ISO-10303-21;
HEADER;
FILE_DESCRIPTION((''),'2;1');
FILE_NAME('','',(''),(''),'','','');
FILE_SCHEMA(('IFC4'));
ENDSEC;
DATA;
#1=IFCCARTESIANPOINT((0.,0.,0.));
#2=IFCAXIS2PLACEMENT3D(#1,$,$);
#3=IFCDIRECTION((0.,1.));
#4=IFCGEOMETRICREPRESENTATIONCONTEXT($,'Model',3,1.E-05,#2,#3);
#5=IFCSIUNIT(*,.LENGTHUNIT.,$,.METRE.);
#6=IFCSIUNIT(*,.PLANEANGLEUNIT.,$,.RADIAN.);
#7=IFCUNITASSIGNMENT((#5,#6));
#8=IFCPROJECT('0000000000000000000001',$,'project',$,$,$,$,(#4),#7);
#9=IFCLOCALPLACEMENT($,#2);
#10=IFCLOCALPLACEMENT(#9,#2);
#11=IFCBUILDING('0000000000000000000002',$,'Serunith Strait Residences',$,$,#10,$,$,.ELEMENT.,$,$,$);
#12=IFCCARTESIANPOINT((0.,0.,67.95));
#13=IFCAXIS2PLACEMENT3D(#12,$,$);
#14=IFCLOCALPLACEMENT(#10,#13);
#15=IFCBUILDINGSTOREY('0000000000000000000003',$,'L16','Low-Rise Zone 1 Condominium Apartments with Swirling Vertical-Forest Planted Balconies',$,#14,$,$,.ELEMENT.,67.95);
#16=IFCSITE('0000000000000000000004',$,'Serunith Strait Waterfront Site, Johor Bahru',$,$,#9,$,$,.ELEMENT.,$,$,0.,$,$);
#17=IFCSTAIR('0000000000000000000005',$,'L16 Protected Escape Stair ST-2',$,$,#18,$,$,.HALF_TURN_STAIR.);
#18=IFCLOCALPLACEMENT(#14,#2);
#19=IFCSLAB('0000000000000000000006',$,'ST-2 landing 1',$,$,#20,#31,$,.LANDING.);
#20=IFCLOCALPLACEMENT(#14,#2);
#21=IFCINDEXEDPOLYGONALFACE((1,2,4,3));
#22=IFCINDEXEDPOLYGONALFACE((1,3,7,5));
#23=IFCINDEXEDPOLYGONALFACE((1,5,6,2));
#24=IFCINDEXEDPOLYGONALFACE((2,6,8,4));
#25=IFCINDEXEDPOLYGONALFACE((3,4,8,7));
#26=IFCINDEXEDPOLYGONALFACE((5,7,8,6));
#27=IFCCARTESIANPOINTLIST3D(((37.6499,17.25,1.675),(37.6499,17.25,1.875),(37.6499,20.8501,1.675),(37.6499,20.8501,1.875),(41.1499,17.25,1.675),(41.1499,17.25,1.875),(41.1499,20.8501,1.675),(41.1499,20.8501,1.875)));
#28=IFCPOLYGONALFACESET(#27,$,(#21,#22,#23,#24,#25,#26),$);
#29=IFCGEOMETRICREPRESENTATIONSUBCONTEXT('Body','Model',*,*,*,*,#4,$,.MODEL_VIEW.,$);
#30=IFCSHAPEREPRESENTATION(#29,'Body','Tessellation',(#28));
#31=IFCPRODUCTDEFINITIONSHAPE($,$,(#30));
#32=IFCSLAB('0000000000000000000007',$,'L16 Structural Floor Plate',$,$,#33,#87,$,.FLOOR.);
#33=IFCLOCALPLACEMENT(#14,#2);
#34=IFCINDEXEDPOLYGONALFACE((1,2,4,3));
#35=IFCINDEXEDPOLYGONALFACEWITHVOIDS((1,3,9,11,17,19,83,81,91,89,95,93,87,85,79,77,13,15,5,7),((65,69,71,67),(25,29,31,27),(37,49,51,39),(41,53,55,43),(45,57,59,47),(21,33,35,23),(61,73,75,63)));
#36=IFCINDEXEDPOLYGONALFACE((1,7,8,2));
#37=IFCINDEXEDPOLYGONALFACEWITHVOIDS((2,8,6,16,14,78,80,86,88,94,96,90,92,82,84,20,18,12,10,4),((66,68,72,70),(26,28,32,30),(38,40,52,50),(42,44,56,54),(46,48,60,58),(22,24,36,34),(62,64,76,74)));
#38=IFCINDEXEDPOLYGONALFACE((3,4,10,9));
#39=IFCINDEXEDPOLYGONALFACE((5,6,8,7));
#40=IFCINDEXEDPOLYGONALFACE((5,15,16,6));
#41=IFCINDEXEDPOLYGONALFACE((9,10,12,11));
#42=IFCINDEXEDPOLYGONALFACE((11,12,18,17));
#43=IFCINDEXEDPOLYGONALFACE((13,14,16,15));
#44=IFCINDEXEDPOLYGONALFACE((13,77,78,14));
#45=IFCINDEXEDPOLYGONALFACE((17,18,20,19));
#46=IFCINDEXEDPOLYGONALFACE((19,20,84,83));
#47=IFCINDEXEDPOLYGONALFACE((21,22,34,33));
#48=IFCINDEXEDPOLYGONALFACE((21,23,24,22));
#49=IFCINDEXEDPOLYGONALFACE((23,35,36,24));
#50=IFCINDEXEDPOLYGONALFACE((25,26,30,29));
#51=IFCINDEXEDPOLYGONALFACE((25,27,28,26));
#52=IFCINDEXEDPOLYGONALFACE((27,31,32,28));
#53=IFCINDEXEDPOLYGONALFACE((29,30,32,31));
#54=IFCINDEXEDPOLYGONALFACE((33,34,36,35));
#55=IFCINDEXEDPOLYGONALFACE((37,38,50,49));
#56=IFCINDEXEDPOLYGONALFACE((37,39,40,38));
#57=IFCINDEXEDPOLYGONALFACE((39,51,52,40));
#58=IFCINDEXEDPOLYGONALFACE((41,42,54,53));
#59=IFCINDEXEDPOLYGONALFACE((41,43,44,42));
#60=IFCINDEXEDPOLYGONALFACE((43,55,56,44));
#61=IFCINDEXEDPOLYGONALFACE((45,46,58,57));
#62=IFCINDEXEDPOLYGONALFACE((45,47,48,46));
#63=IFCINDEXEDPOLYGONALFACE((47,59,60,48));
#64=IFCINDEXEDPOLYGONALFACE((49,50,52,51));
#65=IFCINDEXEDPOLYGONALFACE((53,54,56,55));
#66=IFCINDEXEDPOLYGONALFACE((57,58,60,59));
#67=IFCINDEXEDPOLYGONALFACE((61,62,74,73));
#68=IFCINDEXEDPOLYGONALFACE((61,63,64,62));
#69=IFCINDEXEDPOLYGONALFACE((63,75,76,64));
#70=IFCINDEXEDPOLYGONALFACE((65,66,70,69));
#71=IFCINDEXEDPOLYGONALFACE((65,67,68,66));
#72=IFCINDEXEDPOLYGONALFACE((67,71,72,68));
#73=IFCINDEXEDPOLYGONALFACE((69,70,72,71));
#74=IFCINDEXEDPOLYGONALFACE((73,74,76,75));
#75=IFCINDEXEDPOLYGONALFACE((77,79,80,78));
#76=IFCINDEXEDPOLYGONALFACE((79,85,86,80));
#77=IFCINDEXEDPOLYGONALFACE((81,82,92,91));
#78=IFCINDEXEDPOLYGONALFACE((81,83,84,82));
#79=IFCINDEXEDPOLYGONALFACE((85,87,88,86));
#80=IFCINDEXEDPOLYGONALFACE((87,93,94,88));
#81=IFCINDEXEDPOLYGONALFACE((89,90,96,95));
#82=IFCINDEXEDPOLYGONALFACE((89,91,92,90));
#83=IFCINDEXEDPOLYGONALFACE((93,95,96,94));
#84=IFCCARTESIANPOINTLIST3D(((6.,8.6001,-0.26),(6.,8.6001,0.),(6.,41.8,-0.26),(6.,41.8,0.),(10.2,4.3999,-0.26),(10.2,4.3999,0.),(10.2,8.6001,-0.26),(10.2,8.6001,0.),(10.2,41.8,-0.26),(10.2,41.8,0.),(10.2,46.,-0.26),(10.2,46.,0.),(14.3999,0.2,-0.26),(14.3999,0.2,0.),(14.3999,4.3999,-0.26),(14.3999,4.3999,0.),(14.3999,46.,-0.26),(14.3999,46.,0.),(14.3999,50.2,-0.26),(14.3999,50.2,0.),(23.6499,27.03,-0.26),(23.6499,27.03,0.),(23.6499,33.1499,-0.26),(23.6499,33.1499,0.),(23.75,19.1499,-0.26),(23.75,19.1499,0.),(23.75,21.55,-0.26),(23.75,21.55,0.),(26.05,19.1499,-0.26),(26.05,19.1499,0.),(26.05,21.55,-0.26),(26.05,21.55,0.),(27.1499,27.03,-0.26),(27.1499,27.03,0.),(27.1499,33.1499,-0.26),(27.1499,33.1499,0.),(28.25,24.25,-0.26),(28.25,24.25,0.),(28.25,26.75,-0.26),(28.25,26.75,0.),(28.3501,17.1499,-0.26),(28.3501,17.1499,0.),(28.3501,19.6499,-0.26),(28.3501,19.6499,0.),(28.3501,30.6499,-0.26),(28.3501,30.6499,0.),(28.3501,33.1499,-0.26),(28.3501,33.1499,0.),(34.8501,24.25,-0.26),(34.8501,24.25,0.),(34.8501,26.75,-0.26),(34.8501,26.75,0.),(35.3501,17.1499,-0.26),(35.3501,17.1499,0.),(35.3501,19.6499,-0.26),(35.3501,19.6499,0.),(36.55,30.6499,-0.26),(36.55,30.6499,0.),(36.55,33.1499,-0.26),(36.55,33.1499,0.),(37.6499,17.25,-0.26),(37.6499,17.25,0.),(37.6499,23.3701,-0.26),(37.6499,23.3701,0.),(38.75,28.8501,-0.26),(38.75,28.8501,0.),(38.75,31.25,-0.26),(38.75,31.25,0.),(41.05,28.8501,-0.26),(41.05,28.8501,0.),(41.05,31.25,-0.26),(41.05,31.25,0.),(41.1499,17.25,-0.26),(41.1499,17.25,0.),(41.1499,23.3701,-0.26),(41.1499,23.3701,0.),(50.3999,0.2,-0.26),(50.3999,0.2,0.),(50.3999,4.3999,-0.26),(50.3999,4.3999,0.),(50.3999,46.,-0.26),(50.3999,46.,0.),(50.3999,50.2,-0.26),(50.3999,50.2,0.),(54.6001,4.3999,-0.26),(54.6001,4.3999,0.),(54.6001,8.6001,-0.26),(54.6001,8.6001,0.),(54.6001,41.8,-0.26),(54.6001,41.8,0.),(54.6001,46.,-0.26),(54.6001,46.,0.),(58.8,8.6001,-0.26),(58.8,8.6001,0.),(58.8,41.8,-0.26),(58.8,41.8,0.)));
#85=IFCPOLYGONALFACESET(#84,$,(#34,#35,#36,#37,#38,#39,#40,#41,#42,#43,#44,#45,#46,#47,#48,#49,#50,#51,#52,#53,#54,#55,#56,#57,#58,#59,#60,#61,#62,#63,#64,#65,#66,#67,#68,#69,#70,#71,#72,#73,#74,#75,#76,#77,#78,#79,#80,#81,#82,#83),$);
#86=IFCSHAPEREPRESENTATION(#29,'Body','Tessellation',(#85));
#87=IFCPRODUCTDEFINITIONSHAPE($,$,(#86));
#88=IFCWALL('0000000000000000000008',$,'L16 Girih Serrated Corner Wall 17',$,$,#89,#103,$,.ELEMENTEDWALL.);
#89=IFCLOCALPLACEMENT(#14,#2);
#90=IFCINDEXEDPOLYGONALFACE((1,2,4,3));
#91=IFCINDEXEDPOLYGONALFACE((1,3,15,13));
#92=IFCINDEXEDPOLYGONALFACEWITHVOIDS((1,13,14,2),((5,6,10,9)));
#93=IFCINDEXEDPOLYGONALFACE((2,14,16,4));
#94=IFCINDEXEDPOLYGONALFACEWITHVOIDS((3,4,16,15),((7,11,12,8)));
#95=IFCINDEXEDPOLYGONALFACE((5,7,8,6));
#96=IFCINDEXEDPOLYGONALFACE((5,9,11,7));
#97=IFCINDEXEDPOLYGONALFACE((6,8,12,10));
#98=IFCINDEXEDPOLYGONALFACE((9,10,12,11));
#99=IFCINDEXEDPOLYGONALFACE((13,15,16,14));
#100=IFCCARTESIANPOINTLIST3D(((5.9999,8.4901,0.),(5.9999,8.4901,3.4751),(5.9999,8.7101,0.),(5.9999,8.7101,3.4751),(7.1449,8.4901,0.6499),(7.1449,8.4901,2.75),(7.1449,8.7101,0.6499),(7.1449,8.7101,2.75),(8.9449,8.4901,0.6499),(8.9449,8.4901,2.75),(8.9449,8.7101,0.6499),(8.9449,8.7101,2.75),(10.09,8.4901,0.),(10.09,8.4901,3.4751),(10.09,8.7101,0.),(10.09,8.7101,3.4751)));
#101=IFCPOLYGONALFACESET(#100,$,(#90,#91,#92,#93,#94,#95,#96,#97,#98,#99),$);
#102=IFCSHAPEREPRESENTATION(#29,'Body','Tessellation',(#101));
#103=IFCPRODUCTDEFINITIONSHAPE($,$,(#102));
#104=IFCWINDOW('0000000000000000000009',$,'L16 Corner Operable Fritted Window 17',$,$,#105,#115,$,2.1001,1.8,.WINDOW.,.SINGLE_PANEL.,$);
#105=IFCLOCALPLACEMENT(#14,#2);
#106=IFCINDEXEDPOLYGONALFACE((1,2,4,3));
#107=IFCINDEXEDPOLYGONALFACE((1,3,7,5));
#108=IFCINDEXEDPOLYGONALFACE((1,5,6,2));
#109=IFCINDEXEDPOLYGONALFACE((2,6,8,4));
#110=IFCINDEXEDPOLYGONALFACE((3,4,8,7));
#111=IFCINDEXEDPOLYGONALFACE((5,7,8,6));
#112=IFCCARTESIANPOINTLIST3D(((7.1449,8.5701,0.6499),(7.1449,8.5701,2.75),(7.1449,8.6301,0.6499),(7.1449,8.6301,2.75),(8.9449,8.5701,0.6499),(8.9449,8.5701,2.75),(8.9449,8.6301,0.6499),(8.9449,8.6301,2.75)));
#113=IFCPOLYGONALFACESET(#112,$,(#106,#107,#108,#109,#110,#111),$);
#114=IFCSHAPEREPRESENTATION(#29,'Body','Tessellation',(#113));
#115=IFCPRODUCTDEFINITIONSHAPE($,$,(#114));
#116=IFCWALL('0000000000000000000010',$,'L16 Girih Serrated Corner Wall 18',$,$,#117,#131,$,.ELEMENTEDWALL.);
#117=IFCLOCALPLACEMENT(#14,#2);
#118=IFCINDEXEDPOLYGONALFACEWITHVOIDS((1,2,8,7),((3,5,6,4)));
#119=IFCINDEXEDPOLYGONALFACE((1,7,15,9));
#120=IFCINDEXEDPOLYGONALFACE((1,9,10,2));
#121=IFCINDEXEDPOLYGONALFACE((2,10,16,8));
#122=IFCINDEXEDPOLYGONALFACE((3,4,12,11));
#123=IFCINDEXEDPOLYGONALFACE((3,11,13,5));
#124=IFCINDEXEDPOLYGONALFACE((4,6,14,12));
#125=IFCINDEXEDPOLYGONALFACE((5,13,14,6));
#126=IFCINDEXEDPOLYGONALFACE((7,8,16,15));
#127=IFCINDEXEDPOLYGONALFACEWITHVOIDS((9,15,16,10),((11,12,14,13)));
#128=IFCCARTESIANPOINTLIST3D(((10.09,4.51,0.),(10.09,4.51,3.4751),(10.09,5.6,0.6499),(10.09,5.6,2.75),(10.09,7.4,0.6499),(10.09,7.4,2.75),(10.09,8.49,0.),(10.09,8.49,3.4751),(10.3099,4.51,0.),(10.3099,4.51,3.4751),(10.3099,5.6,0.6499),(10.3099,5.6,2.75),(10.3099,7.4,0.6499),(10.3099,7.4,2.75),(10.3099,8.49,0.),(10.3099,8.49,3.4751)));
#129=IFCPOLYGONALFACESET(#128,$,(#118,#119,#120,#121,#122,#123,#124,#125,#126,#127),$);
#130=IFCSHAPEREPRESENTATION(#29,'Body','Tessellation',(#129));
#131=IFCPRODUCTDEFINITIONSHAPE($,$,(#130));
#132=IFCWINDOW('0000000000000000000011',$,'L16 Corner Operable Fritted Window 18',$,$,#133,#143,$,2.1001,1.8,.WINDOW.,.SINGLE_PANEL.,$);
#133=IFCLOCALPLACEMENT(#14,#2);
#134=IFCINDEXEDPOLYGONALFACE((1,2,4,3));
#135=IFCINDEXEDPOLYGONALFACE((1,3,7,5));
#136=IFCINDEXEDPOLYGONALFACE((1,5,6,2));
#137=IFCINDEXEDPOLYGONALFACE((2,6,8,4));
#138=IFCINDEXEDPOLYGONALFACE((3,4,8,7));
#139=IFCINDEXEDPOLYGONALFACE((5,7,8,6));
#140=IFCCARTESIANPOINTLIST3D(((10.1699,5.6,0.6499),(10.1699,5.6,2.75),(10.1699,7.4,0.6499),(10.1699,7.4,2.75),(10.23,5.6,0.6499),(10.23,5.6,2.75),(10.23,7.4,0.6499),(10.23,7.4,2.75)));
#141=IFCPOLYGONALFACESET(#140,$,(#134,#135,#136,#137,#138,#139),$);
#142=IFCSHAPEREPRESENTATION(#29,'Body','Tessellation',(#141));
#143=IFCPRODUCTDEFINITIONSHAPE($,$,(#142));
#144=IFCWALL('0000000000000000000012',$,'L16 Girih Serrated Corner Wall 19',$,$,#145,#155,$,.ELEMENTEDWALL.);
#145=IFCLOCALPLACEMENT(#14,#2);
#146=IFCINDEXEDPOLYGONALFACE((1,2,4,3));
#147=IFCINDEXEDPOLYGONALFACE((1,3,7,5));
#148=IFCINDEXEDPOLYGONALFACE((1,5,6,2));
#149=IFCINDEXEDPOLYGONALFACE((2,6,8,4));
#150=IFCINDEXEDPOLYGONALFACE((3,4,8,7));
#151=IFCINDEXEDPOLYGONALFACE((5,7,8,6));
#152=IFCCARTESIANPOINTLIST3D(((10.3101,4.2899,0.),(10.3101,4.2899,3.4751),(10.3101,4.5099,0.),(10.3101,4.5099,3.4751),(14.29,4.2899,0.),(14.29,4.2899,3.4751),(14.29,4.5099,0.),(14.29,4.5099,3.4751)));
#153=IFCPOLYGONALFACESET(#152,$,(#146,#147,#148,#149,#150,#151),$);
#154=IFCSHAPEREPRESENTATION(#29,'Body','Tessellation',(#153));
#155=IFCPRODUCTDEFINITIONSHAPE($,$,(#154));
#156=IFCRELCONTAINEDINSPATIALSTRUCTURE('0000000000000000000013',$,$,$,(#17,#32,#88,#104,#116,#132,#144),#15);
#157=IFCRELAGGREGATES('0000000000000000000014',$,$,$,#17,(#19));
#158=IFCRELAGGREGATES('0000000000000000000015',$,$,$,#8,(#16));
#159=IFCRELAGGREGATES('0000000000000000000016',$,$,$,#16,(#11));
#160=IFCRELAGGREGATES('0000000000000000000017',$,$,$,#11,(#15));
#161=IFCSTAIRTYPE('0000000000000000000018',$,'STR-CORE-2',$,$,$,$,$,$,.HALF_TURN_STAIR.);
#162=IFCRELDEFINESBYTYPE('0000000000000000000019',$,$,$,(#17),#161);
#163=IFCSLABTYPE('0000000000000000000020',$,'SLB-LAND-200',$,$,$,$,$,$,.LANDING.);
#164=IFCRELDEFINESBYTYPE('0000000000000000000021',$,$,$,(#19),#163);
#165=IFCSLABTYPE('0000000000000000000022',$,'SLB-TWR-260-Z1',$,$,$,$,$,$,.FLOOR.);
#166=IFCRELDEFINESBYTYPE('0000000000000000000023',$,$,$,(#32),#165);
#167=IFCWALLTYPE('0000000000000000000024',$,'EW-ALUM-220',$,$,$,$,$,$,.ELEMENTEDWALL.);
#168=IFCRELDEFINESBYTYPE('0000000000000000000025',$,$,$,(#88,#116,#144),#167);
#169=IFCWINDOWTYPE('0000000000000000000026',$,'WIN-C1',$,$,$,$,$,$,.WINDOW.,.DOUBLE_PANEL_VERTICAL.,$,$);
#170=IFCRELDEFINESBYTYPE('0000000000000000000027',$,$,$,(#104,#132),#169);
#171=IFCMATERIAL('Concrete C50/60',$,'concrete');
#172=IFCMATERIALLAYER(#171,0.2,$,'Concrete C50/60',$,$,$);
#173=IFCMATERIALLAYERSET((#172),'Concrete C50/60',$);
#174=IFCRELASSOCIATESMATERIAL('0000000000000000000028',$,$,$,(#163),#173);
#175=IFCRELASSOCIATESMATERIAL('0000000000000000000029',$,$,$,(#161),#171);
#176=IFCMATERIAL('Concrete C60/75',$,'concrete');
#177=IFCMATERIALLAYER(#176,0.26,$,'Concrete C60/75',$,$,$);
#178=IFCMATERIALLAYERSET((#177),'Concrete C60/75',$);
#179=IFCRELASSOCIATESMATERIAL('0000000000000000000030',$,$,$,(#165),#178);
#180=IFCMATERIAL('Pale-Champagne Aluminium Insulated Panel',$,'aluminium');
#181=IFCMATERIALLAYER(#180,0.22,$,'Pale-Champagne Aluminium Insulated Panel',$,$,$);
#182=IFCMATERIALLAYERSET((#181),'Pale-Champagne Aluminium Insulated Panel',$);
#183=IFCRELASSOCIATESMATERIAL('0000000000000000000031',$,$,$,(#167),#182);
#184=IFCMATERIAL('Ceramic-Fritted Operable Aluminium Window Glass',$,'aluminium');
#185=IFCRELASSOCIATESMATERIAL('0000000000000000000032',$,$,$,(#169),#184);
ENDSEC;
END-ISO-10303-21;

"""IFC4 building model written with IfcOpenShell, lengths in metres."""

from ifc_helpers import new_model, si_unit, direction, frame, frame_2d, origin, place, context, subcontext, project, spatial, polyline, rectangle, outline, extrude, source, transform, mapped, material, layer, layer_set, type_object, element, fill, aggregate, save


model = new_model("IFC4")

# Units and contexts
model_context = context("Model", 3, precision=1e-05, world=origin(), true_north=direction((0.0, 1.0)))
body_context = subcontext(model_context, "Body", "Model", "MODEL_VIEW")
ifc_project = project(units=[si_unit("LENGTHUNIT", "METRE"), si_unit("PLANEANGLEUNIT", "RADIAN")], contexts=[model_context])

# Site, building, storey
site_placement = place(None, origin())
site = spatial("IfcSite", under=ifc_project, at=site_placement, Name="Serunith Strait Waterfront Site, Johor Bahru", CompositionType="ELEMENT", RefElevation=0.0)
building_placement = place(site_placement, origin())
building = spatial("IfcBuilding", under=site, at=building_placement, Name="Serunith Strait Residences", CompositionType="ELEMENT")
storey_placement = place(building_placement, frame((0.0, 0.0, 67.95)))
storey = spatial("IfcBuildingStorey", under=building, at=storey_placement, Name="L16", Description="Low-Rise Zone 1 Condominium Apartments with Swirling Vertical-Forest Planted Balconies", CompositionType="ELEMENT", Elevation=67.95)

# Shared definitions
ifc_material_1 = material(Name="Concrete C50/60", Category="concrete")

# Stair, slab
ifc_layer_1 = layer(ifc_material_1, 0.2, Name="Concrete C50/60")
ifc_layer_set_1 = layer_set([ifc_layer_1], Name="Concrete C50/60")
slab_type_1 = type_object("IfcSlabType", Name="SLB-LAND-200", PredefinedType="LANDING", material=ifc_layer_set_1)
stair_type_1 = type_object("IfcStairType", Name="STR-CORE-2", PredefinedType="HALF_TURN_STAIR", material=ifc_material_1)
stair_1_placement = place(storey_placement, origin())
stair_1 = element("IfcStair", 1, at=stair_1_placement, inside=storey, type_object=stair_type_1, Name="L16 Protected Escape Stair ST-2", PredefinedType="HALF_TURN_STAIR")
slab_1_placement = place(storey_placement, frame((0.0, 0.0, 1.675)))
slab_1 = element("IfcSlab", 2, at=slab_1_placement, type_object=slab_type_1, Name="ST-2 landing 1", PredefinedType="LANDING", context=body_context, shape_type="SweptSolid", body=[
    extrude(outline(polyline([(37.6499, 20.8501), (37.6499, 17.25), (41.1499, 17.25), (41.1499, 20.8501), (37.6499, 20.8501)])), origin(), (0.0, 0.0, 1.0), 0.2),
])
aggregate(stair_1, [slab_1])

# Slab
ifc_material_2 = material(Name="Concrete C60/75", Category="concrete")
ifc_layer_2 = layer(ifc_material_2, 0.26, Name="Concrete C60/75")
ifc_layer_set_2 = layer_set([ifc_layer_2], Name="Concrete C60/75")
slab_type_2 = type_object("IfcSlabType", Name="SLB-TWR-260-Z1", PredefinedType="FLOOR", material=ifc_layer_set_2)
slab_2_placement = place(storey_placement, frame((0.0, 0.0, -0.26)))
element("IfcSlab", 3, at=slab_2_placement, inside=storey, type_object=slab_type_2, Name="L16 Structural Floor Plate", PredefinedType="FLOOR", context=body_context, shape_type="SweptSolid", body=[
    extrude(outline(polyline([(14.3999, 4.3999), (10.2, 4.3999), (10.2, 8.6001), (6.0, 8.6001), (6.0, 41.8), (10.2, 41.8), (10.2, 46.0), (14.3999, 46.0), (14.3999, 50.2), (50.3999, 50.2), (50.3999, 46.0), (54.6001, 46.0), (54.6001, 41.8), (58.8, 41.8), (58.8, 8.6001), (54.6001, 8.6001), (54.6001, 4.3999), (50.3999, 4.3999), (50.3999, 0.2), (14.3999, 0.2), (14.3999, 4.3999)]), holes=[polyline([(41.1499, 17.25), (41.1499, 23.3701), (37.6499, 23.3701), (37.6499, 17.25), (41.1499, 17.25)]), polyline([(41.05, 31.25), (38.75, 31.25), (38.75, 28.8501), (41.05, 28.8501), (41.05, 31.25)]), polyline([(36.55, 33.1499), (28.3501, 33.1499), (28.3501, 30.6499), (36.55, 30.6499), (36.55, 33.1499)]), polyline([(28.3501, 19.6499), (28.3501, 17.1499), (35.3501, 17.1499), (35.3501, 19.6499), (28.3501, 19.6499)]), polyline([(34.8501, 26.75), (28.25, 26.75), (28.25, 24.25), (34.8501, 24.25), (34.8501, 26.75)]), polyline([(23.6499, 33.1499), (23.6499, 27.03), (27.1499, 27.03), (27.1499, 33.1499), (23.6499, 33.1499)]), polyline([(26.05, 21.55), (23.75, 21.55), (23.75, 19.1499), (26.05, 19.1499), (26.05, 21.55)])]), origin(), (0.0, 0.0, 1.0), 0.26),
])

# Walls, openings, windows
ifc_material_3 = material(Name="Pale-Champagne Aluminium Insulated Panel", Category="aluminium")
ifc_layer_3 = layer(ifc_material_3, 0.22, Name="Pale-Champagne Aluminium Insulated Panel")
ifc_layer_set_3 = layer_set([ifc_layer_3], Name="Pale-Champagne Aluminium Insulated Panel")
wall_type_1 = type_object("IfcWallType", Name="EW-ALUM-220", PredefinedType="ELEMENTEDWALL", material=ifc_layer_set_3)
wall_1_placement = place(storey_placement, frame((6.0, 8.6001, 0.0), z_axis=(0.0, 0.0, 1.0), x_axis=(1.0, 0.0, 0.0)))
wall_1 = element("IfcWall", 4, at=wall_1_placement, inside=storey, type_object=wall_type_1, Name="L16 Girih Serrated Corner Wall 17", PredefinedType="ELEMENTEDWALL", context=body_context, shape_type="SweptSolid", body=[
    extrude(rectangle(XDim=4.0901, YDim=0.22, at=frame_2d((2.0449, 0.0))), origin(), (0.0, 0.0, 1.0), 3.4751),
])
opening_1_placement = place(wall_1_placement, frame((1.145, 0.0, 0.6499)))
opening_1 = element("IfcOpeningElement", 5, at=opening_1_placement, cuts=wall_1, PredefinedType="OPENING", context=body_context, shape_type="SweptSolid", body=[
    extrude(rectangle(XDim=1.8, YDim=2.1001, at=frame_2d((0.8999, 1.05))), frame((0.0, 0.1201, 0.0), z_axis=(0.0, -1.0, 0.0), x_axis=(1.0, 0.0, 0.0)), (0.0, 0.0, 1.0), 0.24),
])
ifc_material_4 = material(Name="Ceramic-Fritted Operable Aluminium Window Glass", Category="aluminium")
window_type = type_object("IfcWindowType", Name="WIN-C1", PartitioningType="DOUBLE_PANEL_VERTICAL", PredefinedType="WINDOW", material=ifc_material_4)
shared_shape_1 = source(origin(), body_context, "Body", "SweptSolid", [
    extrude(rectangle(XDim=1.8, YDim=2.1001, at=frame_2d((0.8999, 1.05))), frame((0.0, 0.03, 0.0), z_axis=(0.0, -1.0, 0.0), x_axis=(1.0, 0.0, 0.0)), (0.0, 0.0, 1.0), 0.0601),
])
window_1_placement = place(opening_1_placement, origin())
window_1 = element("IfcWindow", 6, at=window_1_placement, inside=storey, type_object=window_type, Name="L16 Corner Operable Fritted Window 17", OverallHeight=2.1001, OverallWidth=1.8, PartitioningType="SINGLE_PANEL", PredefinedType="WINDOW", context=body_context, shape_type="MappedRepresentation", body=[
    mapped(shared_shape_1, transform((0.0, 0.0, 0.0), scale=1.0)),
])
fill(opening_1, window_1)
wall_2_placement = place(storey_placement, frame((10.2, 8.49, 0.0), z_axis=(0.0, 0.0, 1.0), x_axis=(0.0, -1.0, 0.0)))
wall_2 = element("IfcWall", 7, at=wall_2_placement, inside=storey, type_object=wall_type_1, Name="L16 Girih Serrated Corner Wall 18", PredefinedType="ELEMENTEDWALL", context=body_context, shape_type="SweptSolid", body=[
    extrude(rectangle(XDim=3.98, YDim=0.22, at=frame_2d((1.99, 0.0))), origin(), (0.0, 0.0, 1.0), 3.4751),
])
opening_2_placement = place(wall_2_placement, frame((1.0901, 0.0, 0.6499)))
opening_2 = element("IfcOpeningElement", 8, at=opening_2_placement, cuts=wall_2, PredefinedType="OPENING", context=body_context, shape_type="SweptSolid", body=[
    extrude(rectangle(XDim=1.8, YDim=2.1001, at=frame_2d((0.8999, 1.05))), frame((0.0, 0.1201, 0.0), z_axis=(0.0, -1.0, 0.0), x_axis=(1.0, 0.0, 0.0)), (0.0, 0.0, 1.0), 0.24),
])
window_2_placement = place(opening_2_placement, origin())
window_2 = element("IfcWindow", 9, at=window_2_placement, inside=storey, type_object=window_type, Name="L16 Corner Operable Fritted Window 18", OverallHeight=2.1001, OverallWidth=1.8, PartitioningType="SINGLE_PANEL", PredefinedType="WINDOW", context=body_context, shape_type="MappedRepresentation", body=[
    mapped(shared_shape_1, transform((0.0, 0.0, 0.0), scale=1.0)),
])
fill(opening_2, window_2)

# Wall
wall_3_placement = place(storey_placement, frame((10.3101, 4.3999, 0.0), z_axis=(0.0, 0.0, 1.0), x_axis=(1.0, 0.0, 0.0)))
element("IfcWall", 10, at=wall_3_placement, inside=storey, type_object=wall_type_1, Name="L16 Girih Serrated Corner Wall 19", PredefinedType="ELEMENTEDWALL", context=body_context, shape_type="SweptSolid", body=[
    extrude(rectangle(XDim=3.98, YDim=0.22, at=frame_2d((1.99, 0.0))), origin(), (0.0, 0.0, 1.0), 3.4751),
])

save(model, "model.ifc")
